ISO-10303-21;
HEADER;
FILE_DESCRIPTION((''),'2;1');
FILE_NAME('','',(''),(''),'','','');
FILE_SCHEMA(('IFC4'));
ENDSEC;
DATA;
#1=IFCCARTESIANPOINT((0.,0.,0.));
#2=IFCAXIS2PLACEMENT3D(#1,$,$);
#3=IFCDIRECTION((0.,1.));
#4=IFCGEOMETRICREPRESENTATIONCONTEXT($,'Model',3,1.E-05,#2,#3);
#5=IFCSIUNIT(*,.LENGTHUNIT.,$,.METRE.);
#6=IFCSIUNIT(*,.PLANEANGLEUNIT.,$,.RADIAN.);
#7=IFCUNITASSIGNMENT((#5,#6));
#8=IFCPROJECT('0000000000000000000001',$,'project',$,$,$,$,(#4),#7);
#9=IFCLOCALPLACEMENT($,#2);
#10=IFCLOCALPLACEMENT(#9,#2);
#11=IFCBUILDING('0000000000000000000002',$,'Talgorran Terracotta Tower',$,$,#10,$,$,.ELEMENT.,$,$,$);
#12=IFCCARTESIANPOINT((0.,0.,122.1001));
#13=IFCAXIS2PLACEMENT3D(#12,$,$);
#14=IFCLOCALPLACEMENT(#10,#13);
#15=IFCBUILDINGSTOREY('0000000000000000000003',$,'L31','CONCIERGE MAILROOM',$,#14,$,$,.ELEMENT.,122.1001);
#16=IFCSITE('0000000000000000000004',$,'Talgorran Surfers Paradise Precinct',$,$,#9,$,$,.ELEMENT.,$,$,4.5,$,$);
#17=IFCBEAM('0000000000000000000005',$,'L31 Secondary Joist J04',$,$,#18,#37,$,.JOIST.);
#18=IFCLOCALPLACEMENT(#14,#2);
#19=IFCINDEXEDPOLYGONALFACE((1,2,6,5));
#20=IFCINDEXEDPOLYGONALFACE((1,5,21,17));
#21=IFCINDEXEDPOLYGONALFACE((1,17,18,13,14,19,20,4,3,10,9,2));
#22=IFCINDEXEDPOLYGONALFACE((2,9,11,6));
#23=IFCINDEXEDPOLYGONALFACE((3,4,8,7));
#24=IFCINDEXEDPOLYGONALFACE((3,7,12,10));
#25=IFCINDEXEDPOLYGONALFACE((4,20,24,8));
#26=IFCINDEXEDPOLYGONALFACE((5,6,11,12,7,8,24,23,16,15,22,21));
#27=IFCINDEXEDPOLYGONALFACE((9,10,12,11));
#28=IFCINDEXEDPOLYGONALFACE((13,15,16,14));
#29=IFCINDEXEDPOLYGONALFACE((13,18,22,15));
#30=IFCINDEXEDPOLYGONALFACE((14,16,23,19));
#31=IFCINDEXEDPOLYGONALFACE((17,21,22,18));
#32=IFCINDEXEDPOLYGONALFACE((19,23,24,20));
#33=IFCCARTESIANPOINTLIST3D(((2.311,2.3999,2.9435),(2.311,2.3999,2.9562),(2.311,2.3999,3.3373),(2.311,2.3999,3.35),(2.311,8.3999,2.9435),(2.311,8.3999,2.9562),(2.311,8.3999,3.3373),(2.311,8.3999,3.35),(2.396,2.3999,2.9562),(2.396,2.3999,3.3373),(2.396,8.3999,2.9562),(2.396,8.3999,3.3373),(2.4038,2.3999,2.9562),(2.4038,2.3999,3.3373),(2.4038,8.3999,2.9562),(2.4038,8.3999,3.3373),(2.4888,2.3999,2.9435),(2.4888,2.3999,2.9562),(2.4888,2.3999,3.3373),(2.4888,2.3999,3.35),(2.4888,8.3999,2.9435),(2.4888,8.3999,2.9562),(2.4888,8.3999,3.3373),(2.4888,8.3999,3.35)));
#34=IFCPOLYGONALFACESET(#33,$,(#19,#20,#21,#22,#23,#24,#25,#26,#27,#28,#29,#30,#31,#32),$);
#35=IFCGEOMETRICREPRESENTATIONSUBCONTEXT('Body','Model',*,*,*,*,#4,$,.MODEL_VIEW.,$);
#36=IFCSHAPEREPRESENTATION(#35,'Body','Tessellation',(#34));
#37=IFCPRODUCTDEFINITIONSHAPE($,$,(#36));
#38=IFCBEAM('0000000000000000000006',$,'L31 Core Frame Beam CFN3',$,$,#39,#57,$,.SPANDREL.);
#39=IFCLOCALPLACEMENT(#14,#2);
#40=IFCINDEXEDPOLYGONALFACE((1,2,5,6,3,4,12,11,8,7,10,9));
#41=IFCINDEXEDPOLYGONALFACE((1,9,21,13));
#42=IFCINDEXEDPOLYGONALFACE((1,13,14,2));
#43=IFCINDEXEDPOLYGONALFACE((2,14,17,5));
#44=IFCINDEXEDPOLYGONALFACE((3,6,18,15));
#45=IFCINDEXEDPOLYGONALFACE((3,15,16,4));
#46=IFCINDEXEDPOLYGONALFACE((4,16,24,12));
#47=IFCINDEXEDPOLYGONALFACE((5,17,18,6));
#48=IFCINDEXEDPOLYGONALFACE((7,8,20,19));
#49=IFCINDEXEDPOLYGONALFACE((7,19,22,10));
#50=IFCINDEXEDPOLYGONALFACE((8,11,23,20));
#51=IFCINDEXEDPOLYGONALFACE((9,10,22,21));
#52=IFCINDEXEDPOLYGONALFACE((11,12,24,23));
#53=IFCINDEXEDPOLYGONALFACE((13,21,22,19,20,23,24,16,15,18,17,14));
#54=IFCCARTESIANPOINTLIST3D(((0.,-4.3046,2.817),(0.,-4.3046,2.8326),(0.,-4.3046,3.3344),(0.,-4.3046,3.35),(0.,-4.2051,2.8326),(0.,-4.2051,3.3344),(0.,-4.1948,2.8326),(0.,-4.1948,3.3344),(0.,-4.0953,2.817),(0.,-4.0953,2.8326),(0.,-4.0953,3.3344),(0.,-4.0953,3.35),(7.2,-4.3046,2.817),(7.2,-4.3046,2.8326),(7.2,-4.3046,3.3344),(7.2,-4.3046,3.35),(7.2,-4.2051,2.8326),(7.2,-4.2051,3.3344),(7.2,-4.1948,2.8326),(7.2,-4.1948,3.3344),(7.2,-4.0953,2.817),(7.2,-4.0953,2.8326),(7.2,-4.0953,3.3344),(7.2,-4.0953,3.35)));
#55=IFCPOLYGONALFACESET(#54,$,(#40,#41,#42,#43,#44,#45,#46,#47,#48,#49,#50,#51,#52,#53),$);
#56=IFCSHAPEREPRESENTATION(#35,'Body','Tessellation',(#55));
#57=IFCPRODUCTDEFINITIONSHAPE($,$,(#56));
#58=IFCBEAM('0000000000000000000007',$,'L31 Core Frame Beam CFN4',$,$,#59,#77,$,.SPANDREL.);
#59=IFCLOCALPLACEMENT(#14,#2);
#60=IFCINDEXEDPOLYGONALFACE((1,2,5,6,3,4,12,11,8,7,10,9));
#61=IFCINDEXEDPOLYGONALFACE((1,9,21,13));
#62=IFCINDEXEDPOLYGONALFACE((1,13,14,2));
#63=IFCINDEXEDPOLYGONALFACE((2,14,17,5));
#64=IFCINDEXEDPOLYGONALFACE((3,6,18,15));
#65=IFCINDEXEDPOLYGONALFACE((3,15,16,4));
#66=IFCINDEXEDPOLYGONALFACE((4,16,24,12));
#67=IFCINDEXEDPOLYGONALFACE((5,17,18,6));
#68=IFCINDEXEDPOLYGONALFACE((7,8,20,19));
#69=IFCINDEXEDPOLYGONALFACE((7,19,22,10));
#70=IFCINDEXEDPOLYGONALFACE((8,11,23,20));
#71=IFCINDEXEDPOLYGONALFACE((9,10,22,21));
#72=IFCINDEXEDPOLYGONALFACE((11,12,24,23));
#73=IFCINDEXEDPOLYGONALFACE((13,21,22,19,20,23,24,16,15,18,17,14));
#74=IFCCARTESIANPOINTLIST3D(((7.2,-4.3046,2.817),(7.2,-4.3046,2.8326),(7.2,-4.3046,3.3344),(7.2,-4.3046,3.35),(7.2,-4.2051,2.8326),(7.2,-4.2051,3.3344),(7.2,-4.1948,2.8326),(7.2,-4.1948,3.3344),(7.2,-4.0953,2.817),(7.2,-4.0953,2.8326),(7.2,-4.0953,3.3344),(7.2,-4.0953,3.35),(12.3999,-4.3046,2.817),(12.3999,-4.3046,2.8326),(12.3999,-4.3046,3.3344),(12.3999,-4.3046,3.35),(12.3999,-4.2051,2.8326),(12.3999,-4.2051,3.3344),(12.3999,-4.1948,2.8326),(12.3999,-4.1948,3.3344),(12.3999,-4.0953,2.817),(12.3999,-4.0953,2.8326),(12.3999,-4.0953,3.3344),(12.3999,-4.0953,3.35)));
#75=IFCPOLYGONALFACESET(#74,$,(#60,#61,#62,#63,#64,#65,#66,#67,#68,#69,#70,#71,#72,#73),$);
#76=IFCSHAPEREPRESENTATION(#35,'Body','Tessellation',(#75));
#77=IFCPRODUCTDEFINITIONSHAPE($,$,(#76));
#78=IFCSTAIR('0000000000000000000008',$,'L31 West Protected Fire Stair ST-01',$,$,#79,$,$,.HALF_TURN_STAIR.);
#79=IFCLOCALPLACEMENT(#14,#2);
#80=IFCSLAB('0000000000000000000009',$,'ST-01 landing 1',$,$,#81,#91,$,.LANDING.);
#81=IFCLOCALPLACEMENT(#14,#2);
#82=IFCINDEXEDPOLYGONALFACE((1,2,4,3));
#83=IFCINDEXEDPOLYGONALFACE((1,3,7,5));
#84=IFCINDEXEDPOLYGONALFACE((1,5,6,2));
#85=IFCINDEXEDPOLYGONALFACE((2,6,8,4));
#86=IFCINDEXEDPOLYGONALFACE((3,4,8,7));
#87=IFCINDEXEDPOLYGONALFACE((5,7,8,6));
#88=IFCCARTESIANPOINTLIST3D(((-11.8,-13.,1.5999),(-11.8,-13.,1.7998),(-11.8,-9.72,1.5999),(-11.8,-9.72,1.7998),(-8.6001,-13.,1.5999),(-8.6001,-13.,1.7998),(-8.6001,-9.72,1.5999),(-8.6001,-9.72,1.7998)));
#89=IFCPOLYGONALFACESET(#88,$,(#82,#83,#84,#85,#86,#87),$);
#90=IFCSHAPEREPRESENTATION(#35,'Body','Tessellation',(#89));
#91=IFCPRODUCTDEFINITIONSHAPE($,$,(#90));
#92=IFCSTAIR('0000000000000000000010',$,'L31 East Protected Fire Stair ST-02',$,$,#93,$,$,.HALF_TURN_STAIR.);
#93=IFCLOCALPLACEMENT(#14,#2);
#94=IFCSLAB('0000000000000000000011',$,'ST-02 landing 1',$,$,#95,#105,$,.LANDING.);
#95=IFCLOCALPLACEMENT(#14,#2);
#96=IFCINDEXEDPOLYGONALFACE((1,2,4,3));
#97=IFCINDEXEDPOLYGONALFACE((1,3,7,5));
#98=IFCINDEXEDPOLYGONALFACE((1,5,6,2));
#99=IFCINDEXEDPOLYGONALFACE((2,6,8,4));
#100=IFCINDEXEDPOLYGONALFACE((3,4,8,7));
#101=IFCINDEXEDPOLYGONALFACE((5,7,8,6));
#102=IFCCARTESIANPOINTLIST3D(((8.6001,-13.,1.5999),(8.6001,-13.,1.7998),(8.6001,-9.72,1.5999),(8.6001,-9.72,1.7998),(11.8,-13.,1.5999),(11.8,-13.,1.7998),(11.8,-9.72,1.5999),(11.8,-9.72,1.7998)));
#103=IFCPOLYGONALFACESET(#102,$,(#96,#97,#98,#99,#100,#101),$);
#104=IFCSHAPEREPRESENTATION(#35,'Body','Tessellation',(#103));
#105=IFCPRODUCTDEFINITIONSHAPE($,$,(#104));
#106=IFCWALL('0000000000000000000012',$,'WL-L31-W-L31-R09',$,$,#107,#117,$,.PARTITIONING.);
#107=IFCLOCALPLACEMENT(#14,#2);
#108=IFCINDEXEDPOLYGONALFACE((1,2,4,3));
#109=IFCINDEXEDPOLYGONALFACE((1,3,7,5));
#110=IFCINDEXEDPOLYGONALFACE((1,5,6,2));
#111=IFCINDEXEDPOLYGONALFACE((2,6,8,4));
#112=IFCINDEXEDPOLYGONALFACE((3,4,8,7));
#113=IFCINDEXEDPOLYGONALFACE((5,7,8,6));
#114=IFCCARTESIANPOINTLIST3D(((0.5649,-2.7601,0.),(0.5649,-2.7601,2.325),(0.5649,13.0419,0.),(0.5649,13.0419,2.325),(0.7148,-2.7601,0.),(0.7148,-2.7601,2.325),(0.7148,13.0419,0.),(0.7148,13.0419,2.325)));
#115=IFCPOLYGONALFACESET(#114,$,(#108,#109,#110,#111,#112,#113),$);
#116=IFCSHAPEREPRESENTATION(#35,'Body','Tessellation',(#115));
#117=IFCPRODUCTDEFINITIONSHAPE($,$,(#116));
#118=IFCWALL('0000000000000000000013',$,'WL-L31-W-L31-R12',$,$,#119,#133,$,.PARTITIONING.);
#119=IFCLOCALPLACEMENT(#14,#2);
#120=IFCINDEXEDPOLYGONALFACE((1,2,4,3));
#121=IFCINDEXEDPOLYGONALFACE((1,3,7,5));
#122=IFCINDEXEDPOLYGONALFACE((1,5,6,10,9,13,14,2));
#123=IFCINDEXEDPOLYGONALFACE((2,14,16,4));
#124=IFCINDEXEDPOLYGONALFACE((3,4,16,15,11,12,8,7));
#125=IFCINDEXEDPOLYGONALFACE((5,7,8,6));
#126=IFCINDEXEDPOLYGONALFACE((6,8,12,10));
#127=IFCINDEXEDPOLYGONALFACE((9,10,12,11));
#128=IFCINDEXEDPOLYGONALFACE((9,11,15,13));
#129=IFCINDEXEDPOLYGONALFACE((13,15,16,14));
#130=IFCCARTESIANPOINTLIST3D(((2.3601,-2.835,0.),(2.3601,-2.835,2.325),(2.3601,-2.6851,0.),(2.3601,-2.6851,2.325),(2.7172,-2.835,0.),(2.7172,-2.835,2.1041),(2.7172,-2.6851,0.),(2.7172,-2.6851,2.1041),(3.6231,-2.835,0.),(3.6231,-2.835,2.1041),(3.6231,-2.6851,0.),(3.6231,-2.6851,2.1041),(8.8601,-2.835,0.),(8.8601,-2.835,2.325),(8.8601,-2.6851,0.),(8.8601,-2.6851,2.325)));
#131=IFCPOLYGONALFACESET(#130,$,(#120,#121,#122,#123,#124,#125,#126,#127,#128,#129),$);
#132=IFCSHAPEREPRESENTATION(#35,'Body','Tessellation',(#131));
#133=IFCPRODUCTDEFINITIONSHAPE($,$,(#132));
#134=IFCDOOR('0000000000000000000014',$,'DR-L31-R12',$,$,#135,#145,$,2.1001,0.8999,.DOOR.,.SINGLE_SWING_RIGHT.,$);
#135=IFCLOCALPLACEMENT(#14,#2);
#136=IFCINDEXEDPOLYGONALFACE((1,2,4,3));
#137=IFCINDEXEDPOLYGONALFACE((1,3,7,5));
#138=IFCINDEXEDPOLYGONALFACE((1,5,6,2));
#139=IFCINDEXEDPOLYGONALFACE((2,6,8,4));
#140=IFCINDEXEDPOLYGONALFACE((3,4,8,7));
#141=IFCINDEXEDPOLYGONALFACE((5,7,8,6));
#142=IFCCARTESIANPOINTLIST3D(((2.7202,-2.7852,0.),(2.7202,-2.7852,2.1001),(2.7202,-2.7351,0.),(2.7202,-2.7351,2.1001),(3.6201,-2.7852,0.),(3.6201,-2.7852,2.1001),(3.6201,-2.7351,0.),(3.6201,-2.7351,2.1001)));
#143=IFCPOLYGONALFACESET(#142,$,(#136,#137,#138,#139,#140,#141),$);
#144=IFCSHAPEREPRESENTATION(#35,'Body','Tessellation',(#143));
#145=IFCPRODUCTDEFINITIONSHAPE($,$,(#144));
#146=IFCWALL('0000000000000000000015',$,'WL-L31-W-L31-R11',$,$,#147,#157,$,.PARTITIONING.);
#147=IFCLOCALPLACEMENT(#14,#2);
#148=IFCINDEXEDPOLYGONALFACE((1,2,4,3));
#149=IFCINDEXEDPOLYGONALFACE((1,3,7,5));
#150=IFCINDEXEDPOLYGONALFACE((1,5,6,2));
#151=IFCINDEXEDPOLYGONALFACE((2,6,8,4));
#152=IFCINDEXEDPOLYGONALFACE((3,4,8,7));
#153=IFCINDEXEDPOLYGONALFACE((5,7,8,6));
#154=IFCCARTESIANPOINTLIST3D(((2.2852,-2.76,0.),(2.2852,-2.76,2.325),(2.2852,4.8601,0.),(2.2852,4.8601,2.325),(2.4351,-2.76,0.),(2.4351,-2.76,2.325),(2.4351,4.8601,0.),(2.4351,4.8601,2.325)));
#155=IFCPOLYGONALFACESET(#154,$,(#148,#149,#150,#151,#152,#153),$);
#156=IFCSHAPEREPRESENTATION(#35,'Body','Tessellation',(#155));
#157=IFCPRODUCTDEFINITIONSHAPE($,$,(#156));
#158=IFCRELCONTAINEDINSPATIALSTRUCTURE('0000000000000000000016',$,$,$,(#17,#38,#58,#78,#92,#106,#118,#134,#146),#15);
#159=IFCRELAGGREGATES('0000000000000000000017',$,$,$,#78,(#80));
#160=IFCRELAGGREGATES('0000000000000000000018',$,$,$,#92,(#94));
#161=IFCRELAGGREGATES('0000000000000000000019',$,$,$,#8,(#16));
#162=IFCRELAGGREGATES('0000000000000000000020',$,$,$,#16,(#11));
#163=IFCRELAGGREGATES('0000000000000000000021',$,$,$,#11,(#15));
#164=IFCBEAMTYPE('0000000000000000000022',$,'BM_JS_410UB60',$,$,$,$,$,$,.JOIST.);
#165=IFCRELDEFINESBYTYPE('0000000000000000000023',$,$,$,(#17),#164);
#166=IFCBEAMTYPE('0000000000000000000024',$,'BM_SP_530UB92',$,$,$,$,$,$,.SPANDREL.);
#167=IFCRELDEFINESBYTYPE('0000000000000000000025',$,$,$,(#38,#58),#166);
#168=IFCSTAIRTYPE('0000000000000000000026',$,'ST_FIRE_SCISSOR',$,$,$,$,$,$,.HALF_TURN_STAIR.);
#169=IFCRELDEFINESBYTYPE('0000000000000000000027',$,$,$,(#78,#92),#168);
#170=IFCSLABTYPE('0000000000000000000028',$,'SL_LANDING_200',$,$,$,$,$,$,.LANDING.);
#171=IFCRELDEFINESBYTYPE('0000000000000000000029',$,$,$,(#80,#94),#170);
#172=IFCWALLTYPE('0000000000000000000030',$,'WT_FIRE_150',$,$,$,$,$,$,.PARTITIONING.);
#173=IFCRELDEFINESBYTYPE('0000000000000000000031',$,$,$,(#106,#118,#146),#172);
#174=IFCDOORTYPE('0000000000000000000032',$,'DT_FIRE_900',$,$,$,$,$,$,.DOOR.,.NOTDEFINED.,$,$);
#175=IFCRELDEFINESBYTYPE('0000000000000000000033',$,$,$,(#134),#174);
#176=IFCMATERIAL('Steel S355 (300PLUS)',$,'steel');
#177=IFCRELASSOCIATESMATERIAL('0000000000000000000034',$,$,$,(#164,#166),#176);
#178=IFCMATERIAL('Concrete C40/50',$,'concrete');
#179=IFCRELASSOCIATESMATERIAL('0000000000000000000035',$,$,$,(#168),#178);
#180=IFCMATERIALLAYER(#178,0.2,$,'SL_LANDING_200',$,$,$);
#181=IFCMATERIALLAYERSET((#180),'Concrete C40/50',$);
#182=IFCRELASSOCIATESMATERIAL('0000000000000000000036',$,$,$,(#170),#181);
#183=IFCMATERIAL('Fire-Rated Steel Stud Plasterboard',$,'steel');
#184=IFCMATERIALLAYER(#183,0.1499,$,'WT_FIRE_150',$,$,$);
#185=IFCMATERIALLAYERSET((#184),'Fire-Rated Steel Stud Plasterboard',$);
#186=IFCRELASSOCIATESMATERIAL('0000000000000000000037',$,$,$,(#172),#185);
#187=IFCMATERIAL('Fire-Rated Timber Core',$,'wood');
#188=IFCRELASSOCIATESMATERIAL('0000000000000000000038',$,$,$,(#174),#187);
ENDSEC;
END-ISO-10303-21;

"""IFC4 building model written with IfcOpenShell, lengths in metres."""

from ifc_helpers import new_model, si_unit, direction, frame, frame_2d, origin, origin_2d, place, context, subcontext, project, spatial, polyline, rectangle, i_section, outline, extrude, material, layer, layer_set, material_profile, profile_set, type_object, element, fill, aggregate, save


model = new_model("IFC4")

# Units and contexts
model_context = context("Model", 3, precision=1e-05, world=origin(), true_north=direction((0.0, 1.0)))
body_context = subcontext(model_context, "Body", "Model", "MODEL_VIEW")
ifc_project = project(units=[si_unit("LENGTHUNIT", "METRE"), si_unit("PLANEANGLEUNIT", "RADIAN")], contexts=[model_context])

# Site, building, storey
site_placement = place(None, origin())
site = spatial("IfcSite", under=ifc_project, at=site_placement, Name="Talgorran Surfers Paradise Precinct", CompositionType="ELEMENT", RefElevation=4.5)
building_placement = place(site_placement, origin())
building = spatial("IfcBuilding", under=site, at=building_placement, Name="Talgorran Terracotta Tower", CompositionType="ELEMENT")
storey_placement = place(building_placement, frame((0.0, 0.0, 122.1001)))
storey = spatial("IfcBuildingStorey", under=building, at=storey_placement, Name="L31", Description="CONCIERGE MAILROOM", CompositionType="ELEMENT", Elevation=122.1001)

# Shared definitions
ifc_material_1 = material(Name="Steel S355 (300PLUS)", Category="steel")

# Beams
ifc_material_profile_1 = material_profile(ifc_material_1, i_section(OverallWidth=0.1777, OverallDepth=0.4065, WebThickness=0.0078, FlangeThickness=0.0127, at=origin_2d()), Name="410UB59.7")
ifc_profile_set_1 = profile_set([ifc_material_profile_1], Name="Steel S355 (300PLUS)")
beam_type_1 = type_object("IfcBeamType", Name="BM_JS_410UB60", PredefinedType="JOIST", material=ifc_profile_set_1)
beam_1_placement = place(storey_placement, frame((2.3999, 2.3999, 3.1467), z_axis=(0.0, 1.0, 0.0), x_axis=(-1.0, 0.0, 0.0)))
element("IfcBeam", 1, at=beam_1_placement, inside=storey, type_object=beam_type_1, Name="L31 Secondary Joist J04", PredefinedType="JOIST", context=body_context, shape_type="SweptSolid", body=[
    extrude(i_section(OverallWidth=0.1777, OverallDepth=0.4065, WebThickness=0.0078, FlangeThickness=0.0127, at=origin_2d()), origin(), (0.0, 0.0, 1.0), 6.0),
])
ifc_material_profile_2 = material_profile(ifc_material_1, i_section(OverallWidth=0.2092, OverallDepth=0.533, WebThickness=0.0103, FlangeThickness=0.0156, at=origin_2d()), Name="530UB92.4")
ifc_profile_set_2 = profile_set([ifc_material_profile_2], Name="Steel S355 (300PLUS)")
beam_type_2 = type_object("IfcBeamType", Name="BM_SP_530UB92", PredefinedType="SPANDREL", material=ifc_profile_set_2)
beam_2_placement = place(storey_placement, frame((0.0, -4.2, 3.0835), z_axis=(1.0, 0.0, 0.0), x_axis=(0.0, 1.0, 0.0)))
element("IfcBeam", 2, at=beam_2_placement, inside=storey, type_object=beam_type_2, Name="L31 Core Frame Beam CFN3", PredefinedType="SPANDREL", context=body_context, shape_type="SweptSolid", body=[
    extrude(i_section(OverallWidth=0.2092, OverallDepth=0.533, WebThickness=0.0103, FlangeThickness=0.0156, at=origin_2d()), origin(), (0.0, 0.0, 1.0), 7.2),
])
beam_3_placement = place(storey_placement, frame((7.2, -4.2, 3.0835), z_axis=(1.0, 0.0, 0.0), x_axis=(0.0, 1.0, 0.0)))
element("IfcBeam", 3, at=beam_3_placement, inside=storey, type_object=beam_type_2, Name="L31 Core Frame Beam CFN4", PredefinedType="SPANDREL", context=body_context, shape_type="SweptSolid", body=[
    extrude(i_section(OverallWidth=0.2092, OverallDepth=0.533, WebThickness=0.0103, FlangeThickness=0.0156, at=origin_2d()), origin(), (0.0, 0.0, 1.0), 5.2),
])

# Stairs, slabs
ifc_material_2 = material(Name="Concrete C40/50", Category="concrete")
stair_type = type_object("IfcStairType", Name="ST_FIRE_SCISSOR", PredefinedType="HALF_TURN_STAIR", material=ifc_material_2)
stair_1_placement = place(storey_placement, origin())
stair_1 = element("IfcStair", 4, at=stair_1_placement, inside=storey, type_object=stair_type, Name="L31 West Protected Fire Stair ST-01", PredefinedType="HALF_TURN_STAIR")
ifc_layer_1 = layer(ifc_material_2, 0.2, Name="SL_LANDING_200")
ifc_layer_set_1 = layer_set([ifc_layer_1], Name="Concrete C40/50")
slab_type = type_object("IfcSlabType", Name="SL_LANDING_200", PredefinedType="LANDING", material=ifc_layer_set_1)
slab_1_placement = place(storey_placement, frame((0.0, 0.0, 1.5999)))
slab_1 = element("IfcSlab", 5, at=slab_1_placement, type_object=slab_type, Name="ST-01 landing 1", PredefinedType="LANDING", context=body_context, shape_type="SweptSolid", body=[
    extrude(outline(polyline([(-11.8, -9.72), (-11.8, -13.0), (-8.6001, -13.0), (-8.6001, -9.72), (-11.8, -9.72)])), origin(), (0.0, 0.0, 1.0), 0.2),
])
aggregate(stair_1, [slab_1])
stair_2_placement = place(storey_placement, origin())
stair_2 = element("IfcStair", 6, at=stair_2_placement, inside=storey, type_object=stair_type, Name="L31 East Protected Fire Stair ST-02", PredefinedType="HALF_TURN_STAIR")
slab_2_placement = place(storey_placement, frame((0.0, 0.0, 1.5999)))
slab_2 = element("IfcSlab", 7, at=slab_2_placement, type_object=slab_type, Name="ST-02 landing 1", PredefinedType="LANDING", context=body_context, shape_type="SweptSolid", body=[
    extrude(outline(polyline([(8.6001, -9.72), (8.6001, -13.0), (11.8, -13.0), (11.8, -9.72), (8.6001, -9.72)])), origin(), (0.0, 0.0, 1.0), 0.2),
])
aggregate(stair_2, [slab_2])

# Wall
ifc_material_3 = material(Name="Fire-Rated Steel Stud Plasterboard", Category="steel")
ifc_layer_2 = layer(ifc_material_3, 0.1499, Name="WT_FIRE_150")
ifc_layer_set_2 = layer_set([ifc_layer_2], Name="Fire-Rated Steel Stud Plasterboard")
wall_type_1 = type_object("IfcWallType", Name="WT_FIRE_150", PredefinedType="PARTITIONING", material=ifc_layer_set_2)
wall_1_placement = place(storey_placement, frame((0.6399, -2.76, 0.0), z_axis=(0.0, 0.0, 1.0), x_axis=(0.0, 1.0, 0.0)))
element("IfcWall", 8, at=wall_1_placement, inside=storey, type_object=wall_type_1, Name="WL-L31-W-L31-R09", PredefinedType="PARTITIONING", context=body_context, shape_type="SweptSolid", body=[
    extrude(rectangle(XDim=15.802, YDim=0.1499, at=frame_2d((7.9009, 0.0))), origin(), (0.0, 0.0, 1.0), 2.325),
])

# Wall, opening, door
wall_2_placement = place(storey_placement, frame((2.3601, -2.76, 0.0), z_axis=(0.0, 0.0, 1.0), x_axis=(1.0, 0.0, 0.0)))
wall_2 = element("IfcWall", 9, at=wall_2_placement, inside=storey, type_object=wall_type_1, Name="WL-L31-W-L31-R12", PredefinedType="PARTITIONING", context=body_context, shape_type="SweptSolid", body=[
    extrude(rectangle(XDim=6.5, YDim=0.1499, at=frame_2d((3.25, 0.0))), origin(), (0.0, 0.0, 1.0), 2.325),
])
opening_1_placement = place(wall_2_placement, frame((0.3601, 0.0, 0.0)))
opening_1 = element("IfcOpeningElement", 10, at=opening_1_placement, cuts=wall_2, PredefinedType="OPENING", context=body_context, shape_type="SweptSolid", body=[
    extrude(rectangle(XDim=0.9059, YDim=2.1041, at=frame_2d((0.45, 1.052))), frame((0.0, 0.085, 0.0), z_axis=(0.0, -1.0, 0.0), x_axis=(1.0, 0.0, 0.0)), (0.0, 0.0, 1.0), 0.1699),
])
ifc_material_4 = material(Name="Fire-Rated Timber Core", Category="wood")
door_type_1 = type_object("IfcDoorType", Name="DT_FIRE_900", OperationType="NOTDEFINED", PredefinedType="DOOR", material=ifc_material_4)
door_1_placement = place(opening_1_placement, origin())
door_1 = element("IfcDoor", 11, at=door_1_placement, inside=storey, type_object=door_type_1, Name="DR-L31-R12", OperationType="SINGLE_SWING_RIGHT", OverallHeight=2.1001, OverallWidth=0.8999, PredefinedType="DOOR", context=body_context, shape_type="SweptSolid", body=[
    extrude(rectangle(XDim=0.8999, YDim=2.1001, at=frame_2d((0.45, 1.05))), frame((0.0, 0.0249, 0.0), z_axis=(0.0, -1.0, 0.0), x_axis=(1.0, 0.0, 0.0)), (0.0, 0.0, 1.0), 0.05),
])
fill(opening_1, door_1)

# Wall
wall_3_placement = place(storey_placement, frame((2.3601, -2.76, 0.0), z_axis=(0.0, 0.0, 1.0), x_axis=(0.0, 1.0, 0.0)))
element("IfcWall", 12, at=wall_3_placement, inside=storey, type_object=wall_type_1, Name="WL-L31-W-L31-R11", PredefinedType="PARTITIONING", context=body_context, shape_type="SweptSolid", body=[
    extrude(rectangle(XDim=7.6201, YDim=0.1499, at=frame_2d((3.8101, 0.0))), origin(), (0.0, 0.0, 1.0), 2.325),
])

save(model, "model.ifc")
